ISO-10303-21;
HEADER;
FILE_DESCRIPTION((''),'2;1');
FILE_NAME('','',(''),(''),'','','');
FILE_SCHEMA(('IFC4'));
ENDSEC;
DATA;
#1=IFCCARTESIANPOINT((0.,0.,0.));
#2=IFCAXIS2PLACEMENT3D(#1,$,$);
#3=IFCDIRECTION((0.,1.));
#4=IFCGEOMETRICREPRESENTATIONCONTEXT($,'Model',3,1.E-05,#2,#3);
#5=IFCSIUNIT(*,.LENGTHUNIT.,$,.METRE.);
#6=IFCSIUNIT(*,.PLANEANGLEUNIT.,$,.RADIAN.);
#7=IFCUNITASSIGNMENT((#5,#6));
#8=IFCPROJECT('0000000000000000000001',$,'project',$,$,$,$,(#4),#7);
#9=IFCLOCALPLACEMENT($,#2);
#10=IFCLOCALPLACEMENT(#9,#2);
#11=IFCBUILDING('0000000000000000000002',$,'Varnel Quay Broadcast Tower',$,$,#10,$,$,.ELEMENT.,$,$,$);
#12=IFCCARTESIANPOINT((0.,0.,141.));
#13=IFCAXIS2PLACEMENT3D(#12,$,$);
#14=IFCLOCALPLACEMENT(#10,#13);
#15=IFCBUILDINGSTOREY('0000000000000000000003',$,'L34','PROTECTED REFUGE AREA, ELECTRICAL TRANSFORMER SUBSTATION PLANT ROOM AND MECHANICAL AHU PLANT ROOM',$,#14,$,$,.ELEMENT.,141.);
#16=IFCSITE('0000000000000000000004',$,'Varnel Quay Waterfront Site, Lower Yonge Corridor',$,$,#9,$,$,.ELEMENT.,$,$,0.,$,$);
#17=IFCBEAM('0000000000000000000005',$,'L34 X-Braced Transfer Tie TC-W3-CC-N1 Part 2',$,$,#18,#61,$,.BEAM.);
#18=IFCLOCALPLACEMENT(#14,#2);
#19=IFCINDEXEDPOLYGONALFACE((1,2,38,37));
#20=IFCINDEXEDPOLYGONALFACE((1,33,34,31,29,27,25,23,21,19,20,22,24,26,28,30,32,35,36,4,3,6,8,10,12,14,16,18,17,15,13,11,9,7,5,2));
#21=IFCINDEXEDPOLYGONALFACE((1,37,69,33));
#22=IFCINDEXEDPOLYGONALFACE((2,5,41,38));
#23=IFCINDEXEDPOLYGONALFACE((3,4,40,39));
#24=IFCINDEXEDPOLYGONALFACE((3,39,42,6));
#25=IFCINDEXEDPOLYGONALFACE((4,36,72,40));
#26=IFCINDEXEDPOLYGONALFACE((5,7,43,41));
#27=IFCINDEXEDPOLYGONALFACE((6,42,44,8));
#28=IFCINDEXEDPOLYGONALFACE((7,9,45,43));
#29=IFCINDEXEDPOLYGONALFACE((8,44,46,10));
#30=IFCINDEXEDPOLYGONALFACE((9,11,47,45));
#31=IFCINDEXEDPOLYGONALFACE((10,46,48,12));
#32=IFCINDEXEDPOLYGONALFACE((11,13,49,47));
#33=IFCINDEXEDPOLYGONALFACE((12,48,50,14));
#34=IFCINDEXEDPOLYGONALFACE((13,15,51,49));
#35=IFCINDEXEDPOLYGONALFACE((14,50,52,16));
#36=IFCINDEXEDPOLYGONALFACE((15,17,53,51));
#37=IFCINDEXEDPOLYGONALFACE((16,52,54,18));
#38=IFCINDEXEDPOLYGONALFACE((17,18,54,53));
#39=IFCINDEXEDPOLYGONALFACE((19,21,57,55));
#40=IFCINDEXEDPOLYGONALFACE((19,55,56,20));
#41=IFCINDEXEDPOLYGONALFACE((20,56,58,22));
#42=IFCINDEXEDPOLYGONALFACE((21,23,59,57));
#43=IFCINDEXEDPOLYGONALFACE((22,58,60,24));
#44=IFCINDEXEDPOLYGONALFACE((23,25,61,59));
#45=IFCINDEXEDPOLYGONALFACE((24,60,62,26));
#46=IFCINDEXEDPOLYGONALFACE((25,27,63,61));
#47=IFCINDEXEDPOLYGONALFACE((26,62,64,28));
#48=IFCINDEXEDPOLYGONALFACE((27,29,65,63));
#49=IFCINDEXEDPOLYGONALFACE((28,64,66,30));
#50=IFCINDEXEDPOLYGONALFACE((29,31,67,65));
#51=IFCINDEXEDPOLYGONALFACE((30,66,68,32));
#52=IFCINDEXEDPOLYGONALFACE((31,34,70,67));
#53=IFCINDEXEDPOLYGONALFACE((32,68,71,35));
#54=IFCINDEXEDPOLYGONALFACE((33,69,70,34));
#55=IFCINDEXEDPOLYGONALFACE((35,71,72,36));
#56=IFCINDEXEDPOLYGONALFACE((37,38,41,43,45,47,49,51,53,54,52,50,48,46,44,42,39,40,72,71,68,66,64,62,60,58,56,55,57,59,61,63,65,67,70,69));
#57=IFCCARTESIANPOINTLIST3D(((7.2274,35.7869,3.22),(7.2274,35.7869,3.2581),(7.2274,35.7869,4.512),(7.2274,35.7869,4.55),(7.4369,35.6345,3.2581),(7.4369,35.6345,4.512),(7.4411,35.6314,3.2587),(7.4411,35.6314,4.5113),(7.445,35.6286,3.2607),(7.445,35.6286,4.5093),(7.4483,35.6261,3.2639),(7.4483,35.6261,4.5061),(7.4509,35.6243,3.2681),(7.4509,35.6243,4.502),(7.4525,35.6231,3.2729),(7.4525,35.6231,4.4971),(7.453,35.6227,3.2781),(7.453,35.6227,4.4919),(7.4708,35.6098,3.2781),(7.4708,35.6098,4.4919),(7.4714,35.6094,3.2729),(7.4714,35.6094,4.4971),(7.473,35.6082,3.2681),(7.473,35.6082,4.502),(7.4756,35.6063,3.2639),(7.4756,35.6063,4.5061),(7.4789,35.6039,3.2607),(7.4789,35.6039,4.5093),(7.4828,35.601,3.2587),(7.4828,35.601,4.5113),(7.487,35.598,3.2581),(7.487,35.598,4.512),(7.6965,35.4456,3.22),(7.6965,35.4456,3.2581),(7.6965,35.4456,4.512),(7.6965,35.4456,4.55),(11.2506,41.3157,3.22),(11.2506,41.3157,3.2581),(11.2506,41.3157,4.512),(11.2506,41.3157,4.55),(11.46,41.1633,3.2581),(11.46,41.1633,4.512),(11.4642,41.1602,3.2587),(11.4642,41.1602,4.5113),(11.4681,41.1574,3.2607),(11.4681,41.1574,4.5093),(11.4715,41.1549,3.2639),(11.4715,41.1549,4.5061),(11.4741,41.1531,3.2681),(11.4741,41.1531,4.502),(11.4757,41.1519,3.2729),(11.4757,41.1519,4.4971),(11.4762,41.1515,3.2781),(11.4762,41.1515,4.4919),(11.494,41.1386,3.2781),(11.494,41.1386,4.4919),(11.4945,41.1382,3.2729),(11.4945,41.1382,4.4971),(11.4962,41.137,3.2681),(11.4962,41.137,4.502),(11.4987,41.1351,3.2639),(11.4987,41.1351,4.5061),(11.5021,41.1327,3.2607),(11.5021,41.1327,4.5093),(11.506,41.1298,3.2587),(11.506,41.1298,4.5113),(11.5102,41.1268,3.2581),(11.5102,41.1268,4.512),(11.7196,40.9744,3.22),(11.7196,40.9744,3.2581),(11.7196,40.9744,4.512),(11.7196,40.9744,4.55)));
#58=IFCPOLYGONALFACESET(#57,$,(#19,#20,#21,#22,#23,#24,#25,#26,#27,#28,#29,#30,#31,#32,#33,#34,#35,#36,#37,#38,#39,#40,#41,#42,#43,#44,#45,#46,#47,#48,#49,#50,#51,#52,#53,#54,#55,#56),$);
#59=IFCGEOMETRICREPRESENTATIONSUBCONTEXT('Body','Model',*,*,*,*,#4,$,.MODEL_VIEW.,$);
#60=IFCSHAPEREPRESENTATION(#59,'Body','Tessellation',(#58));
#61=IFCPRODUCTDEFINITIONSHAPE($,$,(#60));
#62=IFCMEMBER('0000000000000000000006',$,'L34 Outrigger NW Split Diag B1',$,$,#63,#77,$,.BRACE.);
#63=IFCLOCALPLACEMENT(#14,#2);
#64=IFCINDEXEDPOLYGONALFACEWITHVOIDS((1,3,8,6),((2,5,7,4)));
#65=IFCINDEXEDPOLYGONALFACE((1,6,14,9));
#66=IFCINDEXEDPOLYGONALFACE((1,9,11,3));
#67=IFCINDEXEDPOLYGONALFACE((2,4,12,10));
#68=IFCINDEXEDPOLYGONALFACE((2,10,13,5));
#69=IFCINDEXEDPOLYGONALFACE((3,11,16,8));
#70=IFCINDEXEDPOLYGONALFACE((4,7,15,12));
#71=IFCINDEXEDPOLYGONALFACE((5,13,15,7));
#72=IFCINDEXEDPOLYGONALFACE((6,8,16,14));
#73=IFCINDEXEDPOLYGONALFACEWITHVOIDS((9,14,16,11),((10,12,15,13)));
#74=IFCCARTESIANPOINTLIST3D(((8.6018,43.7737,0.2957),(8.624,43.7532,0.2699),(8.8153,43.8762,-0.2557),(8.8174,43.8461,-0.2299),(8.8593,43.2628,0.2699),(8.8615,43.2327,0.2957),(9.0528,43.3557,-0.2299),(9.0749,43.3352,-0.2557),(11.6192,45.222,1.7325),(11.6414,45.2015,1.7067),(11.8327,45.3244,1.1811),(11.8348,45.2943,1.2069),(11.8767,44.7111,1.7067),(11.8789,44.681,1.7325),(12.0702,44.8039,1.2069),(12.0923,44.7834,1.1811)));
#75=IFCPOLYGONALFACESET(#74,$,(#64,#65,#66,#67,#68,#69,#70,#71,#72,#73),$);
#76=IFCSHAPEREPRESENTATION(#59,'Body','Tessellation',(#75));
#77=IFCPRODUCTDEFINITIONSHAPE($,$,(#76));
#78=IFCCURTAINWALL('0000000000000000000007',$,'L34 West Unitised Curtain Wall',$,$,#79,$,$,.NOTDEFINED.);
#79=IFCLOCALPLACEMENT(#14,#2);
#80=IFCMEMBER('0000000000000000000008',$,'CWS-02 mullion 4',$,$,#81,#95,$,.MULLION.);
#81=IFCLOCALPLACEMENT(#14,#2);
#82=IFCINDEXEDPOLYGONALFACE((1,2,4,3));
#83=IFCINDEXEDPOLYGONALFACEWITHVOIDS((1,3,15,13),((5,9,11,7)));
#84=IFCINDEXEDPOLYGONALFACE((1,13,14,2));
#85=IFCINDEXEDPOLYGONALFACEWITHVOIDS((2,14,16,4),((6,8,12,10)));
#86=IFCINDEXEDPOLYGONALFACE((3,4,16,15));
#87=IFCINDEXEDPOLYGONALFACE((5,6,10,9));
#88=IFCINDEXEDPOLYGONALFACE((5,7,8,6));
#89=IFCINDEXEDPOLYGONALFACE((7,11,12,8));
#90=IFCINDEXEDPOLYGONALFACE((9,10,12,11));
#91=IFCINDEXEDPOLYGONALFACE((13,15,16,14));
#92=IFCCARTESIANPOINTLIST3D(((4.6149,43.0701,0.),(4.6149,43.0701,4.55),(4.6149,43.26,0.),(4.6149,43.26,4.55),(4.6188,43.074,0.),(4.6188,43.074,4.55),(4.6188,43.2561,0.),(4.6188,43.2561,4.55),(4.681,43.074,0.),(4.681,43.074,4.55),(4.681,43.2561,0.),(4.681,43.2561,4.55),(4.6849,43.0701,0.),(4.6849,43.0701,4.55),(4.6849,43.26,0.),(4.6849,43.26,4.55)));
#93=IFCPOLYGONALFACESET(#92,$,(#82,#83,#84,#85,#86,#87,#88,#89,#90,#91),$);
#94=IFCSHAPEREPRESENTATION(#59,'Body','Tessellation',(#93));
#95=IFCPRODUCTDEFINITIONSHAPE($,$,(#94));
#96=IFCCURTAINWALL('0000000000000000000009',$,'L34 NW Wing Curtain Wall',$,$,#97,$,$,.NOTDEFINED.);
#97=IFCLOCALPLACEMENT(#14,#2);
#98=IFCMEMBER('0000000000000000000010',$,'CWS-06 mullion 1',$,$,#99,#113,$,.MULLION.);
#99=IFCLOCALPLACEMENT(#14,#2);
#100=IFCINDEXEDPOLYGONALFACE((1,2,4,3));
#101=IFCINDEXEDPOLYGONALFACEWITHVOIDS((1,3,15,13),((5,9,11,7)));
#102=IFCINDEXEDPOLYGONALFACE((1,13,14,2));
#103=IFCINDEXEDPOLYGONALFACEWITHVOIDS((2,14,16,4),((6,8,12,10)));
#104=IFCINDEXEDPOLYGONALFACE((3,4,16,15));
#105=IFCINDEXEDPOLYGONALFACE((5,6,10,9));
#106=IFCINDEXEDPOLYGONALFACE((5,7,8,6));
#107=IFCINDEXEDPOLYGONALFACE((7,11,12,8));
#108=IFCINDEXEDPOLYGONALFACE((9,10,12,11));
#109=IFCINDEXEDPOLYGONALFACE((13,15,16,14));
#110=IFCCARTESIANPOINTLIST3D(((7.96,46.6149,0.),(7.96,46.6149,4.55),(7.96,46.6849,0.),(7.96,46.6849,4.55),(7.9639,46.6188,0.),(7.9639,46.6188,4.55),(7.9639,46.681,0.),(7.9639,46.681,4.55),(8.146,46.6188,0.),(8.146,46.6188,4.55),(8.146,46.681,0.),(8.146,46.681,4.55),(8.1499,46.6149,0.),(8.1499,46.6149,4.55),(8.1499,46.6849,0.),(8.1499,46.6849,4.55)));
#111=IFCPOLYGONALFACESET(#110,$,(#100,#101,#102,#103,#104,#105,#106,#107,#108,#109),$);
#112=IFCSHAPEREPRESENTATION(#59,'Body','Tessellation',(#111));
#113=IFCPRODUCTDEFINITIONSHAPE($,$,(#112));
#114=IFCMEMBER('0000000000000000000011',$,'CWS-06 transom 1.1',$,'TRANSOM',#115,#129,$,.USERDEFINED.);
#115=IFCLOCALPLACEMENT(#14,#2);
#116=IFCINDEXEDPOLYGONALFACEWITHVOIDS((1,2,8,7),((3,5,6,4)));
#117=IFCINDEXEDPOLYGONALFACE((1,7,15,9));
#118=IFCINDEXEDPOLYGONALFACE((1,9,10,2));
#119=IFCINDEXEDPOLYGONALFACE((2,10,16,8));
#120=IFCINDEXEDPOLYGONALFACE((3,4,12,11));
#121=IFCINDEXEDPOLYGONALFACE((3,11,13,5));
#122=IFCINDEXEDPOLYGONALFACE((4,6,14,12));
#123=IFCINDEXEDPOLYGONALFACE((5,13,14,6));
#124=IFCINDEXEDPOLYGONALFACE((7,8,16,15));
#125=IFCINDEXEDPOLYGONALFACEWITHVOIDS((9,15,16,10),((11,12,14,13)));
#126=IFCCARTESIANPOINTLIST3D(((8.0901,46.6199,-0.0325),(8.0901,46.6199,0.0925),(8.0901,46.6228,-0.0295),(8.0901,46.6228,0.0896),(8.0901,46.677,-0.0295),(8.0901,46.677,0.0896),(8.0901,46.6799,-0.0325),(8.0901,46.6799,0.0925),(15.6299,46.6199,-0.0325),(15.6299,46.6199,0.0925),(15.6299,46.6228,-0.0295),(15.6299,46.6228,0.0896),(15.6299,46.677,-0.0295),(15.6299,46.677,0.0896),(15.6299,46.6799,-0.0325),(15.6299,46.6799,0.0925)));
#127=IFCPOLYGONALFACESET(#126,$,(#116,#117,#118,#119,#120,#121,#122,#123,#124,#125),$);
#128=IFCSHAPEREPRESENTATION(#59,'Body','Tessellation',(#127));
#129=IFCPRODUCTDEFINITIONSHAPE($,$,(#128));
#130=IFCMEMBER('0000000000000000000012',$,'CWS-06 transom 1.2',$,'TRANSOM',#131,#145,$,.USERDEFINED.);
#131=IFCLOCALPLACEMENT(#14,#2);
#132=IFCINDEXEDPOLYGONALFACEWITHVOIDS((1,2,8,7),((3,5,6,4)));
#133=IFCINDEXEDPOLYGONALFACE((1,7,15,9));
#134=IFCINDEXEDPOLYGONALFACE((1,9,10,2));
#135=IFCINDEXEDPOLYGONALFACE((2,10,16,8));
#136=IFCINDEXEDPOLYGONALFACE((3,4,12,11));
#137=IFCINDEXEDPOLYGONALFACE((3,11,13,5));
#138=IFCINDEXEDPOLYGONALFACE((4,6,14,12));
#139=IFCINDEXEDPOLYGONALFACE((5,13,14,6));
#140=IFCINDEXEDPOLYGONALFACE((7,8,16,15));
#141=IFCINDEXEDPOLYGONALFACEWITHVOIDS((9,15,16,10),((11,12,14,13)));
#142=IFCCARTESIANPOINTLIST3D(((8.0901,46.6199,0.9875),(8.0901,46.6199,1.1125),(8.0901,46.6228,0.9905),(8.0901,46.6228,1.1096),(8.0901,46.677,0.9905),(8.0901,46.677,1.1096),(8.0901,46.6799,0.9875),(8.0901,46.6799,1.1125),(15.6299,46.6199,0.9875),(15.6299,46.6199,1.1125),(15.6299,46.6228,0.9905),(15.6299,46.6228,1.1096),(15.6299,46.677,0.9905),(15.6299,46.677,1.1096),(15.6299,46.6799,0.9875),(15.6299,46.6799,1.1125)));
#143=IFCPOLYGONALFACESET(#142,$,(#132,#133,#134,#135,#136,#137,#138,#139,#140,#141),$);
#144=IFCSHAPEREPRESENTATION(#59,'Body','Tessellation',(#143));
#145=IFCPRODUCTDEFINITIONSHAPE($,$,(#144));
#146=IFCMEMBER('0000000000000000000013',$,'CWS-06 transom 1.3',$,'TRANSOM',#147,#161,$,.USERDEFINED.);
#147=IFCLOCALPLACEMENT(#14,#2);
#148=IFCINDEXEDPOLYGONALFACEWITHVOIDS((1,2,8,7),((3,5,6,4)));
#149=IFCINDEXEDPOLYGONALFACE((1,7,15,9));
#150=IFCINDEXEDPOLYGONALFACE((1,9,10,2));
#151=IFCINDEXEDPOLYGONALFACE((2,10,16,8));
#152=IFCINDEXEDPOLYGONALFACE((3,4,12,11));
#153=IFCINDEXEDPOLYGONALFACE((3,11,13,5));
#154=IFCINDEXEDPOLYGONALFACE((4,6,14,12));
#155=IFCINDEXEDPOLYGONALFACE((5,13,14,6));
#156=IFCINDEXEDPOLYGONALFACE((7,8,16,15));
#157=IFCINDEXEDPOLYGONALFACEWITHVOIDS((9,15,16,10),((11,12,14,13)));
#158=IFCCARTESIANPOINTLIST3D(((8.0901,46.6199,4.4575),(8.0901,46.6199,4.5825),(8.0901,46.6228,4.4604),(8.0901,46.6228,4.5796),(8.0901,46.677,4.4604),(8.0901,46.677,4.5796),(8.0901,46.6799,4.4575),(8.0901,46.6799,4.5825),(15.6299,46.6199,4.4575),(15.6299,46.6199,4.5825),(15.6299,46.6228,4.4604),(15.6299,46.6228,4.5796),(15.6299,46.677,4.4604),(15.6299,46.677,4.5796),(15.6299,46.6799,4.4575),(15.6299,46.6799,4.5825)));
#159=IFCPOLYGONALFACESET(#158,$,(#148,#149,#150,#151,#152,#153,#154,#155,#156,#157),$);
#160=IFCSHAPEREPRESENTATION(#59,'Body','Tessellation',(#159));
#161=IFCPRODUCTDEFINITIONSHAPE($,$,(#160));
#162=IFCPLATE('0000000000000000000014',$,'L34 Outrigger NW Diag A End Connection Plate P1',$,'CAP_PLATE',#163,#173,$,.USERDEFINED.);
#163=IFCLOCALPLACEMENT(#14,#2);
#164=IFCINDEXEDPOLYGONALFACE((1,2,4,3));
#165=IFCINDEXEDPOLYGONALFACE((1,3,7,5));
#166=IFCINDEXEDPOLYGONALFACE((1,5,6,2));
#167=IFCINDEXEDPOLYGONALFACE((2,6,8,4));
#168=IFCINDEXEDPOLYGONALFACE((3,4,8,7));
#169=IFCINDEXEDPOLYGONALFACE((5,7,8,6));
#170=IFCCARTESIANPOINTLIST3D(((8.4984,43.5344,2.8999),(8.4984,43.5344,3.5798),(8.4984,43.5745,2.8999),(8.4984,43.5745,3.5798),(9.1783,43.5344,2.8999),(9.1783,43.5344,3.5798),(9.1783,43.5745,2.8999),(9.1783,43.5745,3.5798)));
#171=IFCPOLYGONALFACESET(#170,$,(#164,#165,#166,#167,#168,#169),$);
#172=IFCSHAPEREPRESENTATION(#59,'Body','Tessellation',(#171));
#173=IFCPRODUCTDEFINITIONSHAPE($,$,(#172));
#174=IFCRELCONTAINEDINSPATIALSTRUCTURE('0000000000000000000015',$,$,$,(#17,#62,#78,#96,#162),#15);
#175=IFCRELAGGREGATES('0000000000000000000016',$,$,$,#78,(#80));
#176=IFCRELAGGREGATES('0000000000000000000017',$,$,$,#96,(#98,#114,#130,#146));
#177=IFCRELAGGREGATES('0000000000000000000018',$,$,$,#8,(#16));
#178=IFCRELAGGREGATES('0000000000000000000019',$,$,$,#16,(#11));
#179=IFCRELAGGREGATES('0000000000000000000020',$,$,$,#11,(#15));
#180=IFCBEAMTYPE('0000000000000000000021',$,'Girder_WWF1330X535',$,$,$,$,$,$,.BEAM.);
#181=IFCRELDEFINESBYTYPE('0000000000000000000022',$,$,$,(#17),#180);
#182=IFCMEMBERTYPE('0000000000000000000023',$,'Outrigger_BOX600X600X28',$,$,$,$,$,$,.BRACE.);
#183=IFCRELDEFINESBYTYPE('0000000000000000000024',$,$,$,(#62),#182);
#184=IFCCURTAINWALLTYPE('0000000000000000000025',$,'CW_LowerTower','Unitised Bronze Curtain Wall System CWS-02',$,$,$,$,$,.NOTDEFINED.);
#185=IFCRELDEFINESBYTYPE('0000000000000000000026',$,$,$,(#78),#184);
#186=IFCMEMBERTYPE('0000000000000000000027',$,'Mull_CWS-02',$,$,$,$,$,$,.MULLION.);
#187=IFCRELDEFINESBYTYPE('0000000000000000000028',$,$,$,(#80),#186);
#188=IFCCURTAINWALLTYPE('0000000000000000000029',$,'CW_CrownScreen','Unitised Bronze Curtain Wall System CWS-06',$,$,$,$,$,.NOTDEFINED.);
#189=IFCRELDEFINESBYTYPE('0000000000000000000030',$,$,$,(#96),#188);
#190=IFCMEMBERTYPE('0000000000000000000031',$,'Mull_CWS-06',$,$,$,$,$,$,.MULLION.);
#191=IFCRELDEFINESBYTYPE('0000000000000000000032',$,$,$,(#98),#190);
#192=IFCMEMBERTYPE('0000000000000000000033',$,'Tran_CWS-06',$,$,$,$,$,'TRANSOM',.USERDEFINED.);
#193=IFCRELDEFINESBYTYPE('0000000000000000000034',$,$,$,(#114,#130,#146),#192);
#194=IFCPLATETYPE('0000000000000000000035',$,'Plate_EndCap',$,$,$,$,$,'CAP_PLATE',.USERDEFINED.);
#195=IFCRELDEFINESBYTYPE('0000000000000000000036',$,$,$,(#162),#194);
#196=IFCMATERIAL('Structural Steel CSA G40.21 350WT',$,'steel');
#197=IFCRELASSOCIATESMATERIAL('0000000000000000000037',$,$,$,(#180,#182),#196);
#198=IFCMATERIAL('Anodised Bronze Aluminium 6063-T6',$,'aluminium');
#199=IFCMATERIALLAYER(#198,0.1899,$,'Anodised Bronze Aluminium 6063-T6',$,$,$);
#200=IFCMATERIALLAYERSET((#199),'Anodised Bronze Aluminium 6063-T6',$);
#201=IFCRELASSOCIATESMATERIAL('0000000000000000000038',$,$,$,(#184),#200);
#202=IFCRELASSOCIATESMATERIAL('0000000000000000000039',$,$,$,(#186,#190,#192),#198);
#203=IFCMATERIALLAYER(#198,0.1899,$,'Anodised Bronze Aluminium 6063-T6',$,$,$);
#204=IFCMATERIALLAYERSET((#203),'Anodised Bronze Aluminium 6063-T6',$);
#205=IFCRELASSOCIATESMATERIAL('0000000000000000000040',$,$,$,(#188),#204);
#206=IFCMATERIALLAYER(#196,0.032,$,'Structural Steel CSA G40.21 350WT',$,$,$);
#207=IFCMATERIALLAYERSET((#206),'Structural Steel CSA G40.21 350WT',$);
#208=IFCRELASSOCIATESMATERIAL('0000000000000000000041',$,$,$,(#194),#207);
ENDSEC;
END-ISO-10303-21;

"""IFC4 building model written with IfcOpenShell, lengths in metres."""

from ifc_helpers import new_model, si_unit, direction, frame, origin, origin_2d, place, context, subcontext, project, spatial, rectangle, hollow_rectangle, i_section, extrude, source, transform, mapped, material, layer, layer_set, material_profile, profile_set, type_object, type_shapes, element, aggregate, save


model = new_model("IFC4")

# Units and contexts
model_context = context("Model", 3, precision=1e-05, world=origin(), true_north=direction((0.0, 1.0)))
body_context = subcontext(model_context, "Body", "Model", "MODEL_VIEW")
ifc_project = project(units=[si_unit("LENGTHUNIT", "METRE"), si_unit("PLANEANGLEUNIT", "RADIAN")], contexts=[model_context])

# Site, building, storey
site_placement = place(None, origin())
site = spatial("IfcSite", under=ifc_project, at=site_placement, Name="Varnel Quay Waterfront Site, Lower Yonge Corridor", CompositionType="ELEMENT", RefElevation=0.0)
building_placement = place(site_placement, origin())
building = spatial("IfcBuilding", under=site, at=building_placement, Name="Varnel Quay Broadcast Tower", CompositionType="ELEMENT")
storey_placement = place(building_placement, frame((0.0, 0.0, 141.0)))
storey = spatial("IfcBuildingStorey", under=building, at=storey_placement, Name="L34", Description="PROTECTED REFUGE AREA, ELECTRICAL TRANSFORMER SUBSTATION PLANT ROOM AND MECHANICAL AHU PLANT ROOM", CompositionType="ELEMENT", Elevation=141.0)

# Shared definitions
ifc_material_1 = material(Name="Structural Steel CSA G40.21 350WT", Category="steel")

# Beam
ifc_material_profile_1 = material_profile(ifc_material_1, i_section(OverallWidth=0.5801, OverallDepth=1.3301, WebThickness=0.022, FlangeThickness=0.0381, FilletRadius=0.02, at=origin_2d()), Name="WWF1330X535")
ifc_profile_set_1 = profile_set([ifc_material_profile_1], Name="Structural Steel CSA G40.21 350WT")
beam_type = type_object("IfcBeamType", Name="Girder_WWF1330X535", PredefinedType="BEAM", material=ifc_profile_set_1)
shared_shape_1 = source(origin(), body_context, "Body", "SweptSolid", [
    extrude(i_section(OverallWidth=0.5801, OverallDepth=1.3301, WebThickness=0.022, FlangeThickness=0.0381, FilletRadius=0.02, at=origin_2d()), origin(), (0.0, 0.0, 1.0), 6.8376),
])
beam_1_placement = place(storey_placement, frame((11.4851, 41.145, 3.885), z_axis=(-0.588386, -0.80858, 0.0), x_axis=(0.80858, -0.588386, 0.0)))
element("IfcBeam", 1, at=beam_1_placement, inside=storey, type_object=beam_type, Name="L34 X-Braced Transfer Tie TC-W3-CC-N1 Part 2", PredefinedType="BEAM", context=body_context, shape_type="MappedRepresentation", body=[
    mapped(shared_shape_1, transform((0.0, 0.0, 0.0), x_axis=(1.0, 0.0, 0.0), y_axis=(0.0, 1.0, 0.0), z_axis=(0.0, 0.0, 1.0), scale=1.0)),
])

# Member
ifc_material_profile_2 = material_profile(ifc_material_1, hollow_rectangle(XDim=0.6001, YDim=0.6001, WallThickness=0.0281, at=origin_2d()), Name="BOX600X600X28")
ifc_profile_set_2 = profile_set([ifc_material_profile_2], Name="Structural Steel CSA G40.21 350WT")
member_type_1 = type_object("IfcMemberType", Name="Outrigger_BOX600X600X28", PredefinedType="BRACE", material=ifc_profile_set_2)
shared_shape_2 = source(origin(), body_context, "Body", "SweptSolid", [
    extrude(hollow_rectangle(XDim=0.6001, YDim=0.6001, WallThickness=0.0281, at=origin_2d()), origin(), (0.0, 0.0, 1.0), 3.6423),
])
type_shapes(member_type_1, [shared_shape_2])
member_1_placement = place(storey_placement, frame((8.8384, 43.5544, 0.02), z_axis=(0.828425, 0.397623, 0.394472), x_axis=(-0.432712, 0.901532, 0.0)))
element("IfcMember", 2, at=member_1_placement, inside=storey, type_object=member_type_1, Name="L34 Outrigger NW Split Diag B1", PredefinedType="BRACE", context=body_context, shape_type="MappedRepresentation", body=[
    mapped(shared_shape_2, transform((0.0, 0.0, 0.0), x_axis=(1.0, 0.0, 0.0), y_axis=(0.0, 1.0, 0.0), z_axis=(0.0, 0.0, 1.0), scale=1.0)),
])

# Curtain wall, member
ifc_material_2 = material(Name="Anodised Bronze Aluminium 6063-T6", Category="aluminium")
ifc_layer_1 = layer(ifc_material_2, 0.1899, Name="Anodised Bronze Aluminium 6063-T6")
ifc_layer_set_1 = layer_set([ifc_layer_1], Name="Anodised Bronze Aluminium 6063-T6")
curtain_wall_type_1 = type_object("IfcCurtainWallType", Name="CW_LowerTower", Description="Unitised Bronze Curtain Wall System CWS-02", PredefinedType="NOTDEFINED", material=ifc_layer_set_1)
curtain_wall_1_placement = place(storey_placement, origin())
curtain_wall_1 = element("IfcCurtainWall", 3, at=curtain_wall_1_placement, inside=storey, type_object=curtain_wall_type_1, Name="L34 West Unitised Curtain Wall", PredefinedType="NOTDEFINED")
ifc_material_profile_3 = material_profile(ifc_material_2, hollow_rectangle(XDim=0.0701, YDim=0.1899, WallThickness=0.0039, at=origin_2d()), Name="ALU70X190X4")
ifc_profile_set_3 = profile_set([ifc_material_profile_3], Name="Anodised Bronze Aluminium 6063-T6")
member_type_2 = type_object("IfcMemberType", Name="Mull_CWS-02", PredefinedType="MULLION", material=ifc_profile_set_3)
shared_shape_3 = source(origin(), body_context, "Body", "SweptSolid", [
    extrude(hollow_rectangle(XDim=0.0701, YDim=0.1899, WallThickness=0.0039, at=origin_2d()), origin(), (0.0, 0.0, 1.0), 4.55),
])
type_shapes(member_type_2, [shared_shape_3])
member_2_placement = place(storey_placement, frame((4.6499, 43.165, 0.0), z_axis=(0.0, 0.0, 1.0), x_axis=(-1.0, 0.0, 0.0)))
member_2 = element("IfcMember", 4, at=member_2_placement, type_object=member_type_2, Name="CWS-02 mullion 4", PredefinedType="MULLION", context=body_context, shape_type="MappedRepresentation", body=[
    mapped(shared_shape_3, transform((0.0, 0.0, 0.0), x_axis=(1.0, 0.0, 0.0), y_axis=(0.0, 1.0, 0.0), z_axis=(0.0, 0.0, 1.0), scale=1.0)),
])

# Curtain wall, members
ifc_layer_2 = layer(ifc_material_2, 0.1899, Name="Anodised Bronze Aluminium 6063-T6")
ifc_layer_set_2 = layer_set([ifc_layer_2], Name="Anodised Bronze Aluminium 6063-T6")
curtain_wall_type_2 = type_object("IfcCurtainWallType", Name="CW_CrownScreen", Description="Unitised Bronze Curtain Wall System CWS-06", PredefinedType="NOTDEFINED", material=ifc_layer_set_2)
curtain_wall_2_placement = place(storey_placement, origin())
curtain_wall_2 = element("IfcCurtainWall", 5, at=curtain_wall_2_placement, inside=storey, type_object=curtain_wall_type_2, Name="L34 NW Wing Curtain Wall", PredefinedType="NOTDEFINED")
ifc_material_profile_4 = material_profile(ifc_material_2, hollow_rectangle(XDim=0.0701, YDim=0.1899, WallThickness=0.0039, at=origin_2d()), Name="ALU70X190X4")
ifc_profile_set_4 = profile_set([ifc_material_profile_4], Name="Anodised Bronze Aluminium 6063-T6")
member_type_3 = type_object("IfcMemberType", Name="Mull_CWS-06", PredefinedType="MULLION", material=ifc_profile_set_4)
shared_shape_4 = source(origin(), body_context, "Body", "SweptSolid", [
    extrude(hollow_rectangle(XDim=0.0701, YDim=0.1899, WallThickness=0.0039, at=origin_2d()), origin(), (0.0, 0.0, 1.0), 4.55),
])
type_shapes(member_type_3, [shared_shape_4])
member_3_placement = place(storey_placement, frame((8.0549, 46.6499, 0.0), z_axis=(0.0, 0.0, 1.0), x_axis=(0.0, 1.0, 0.0)))
member_3 = element("IfcMember", 6, at=member_3_placement, type_object=member_type_3, Name="CWS-06 mullion 1", PredefinedType="MULLION", context=body_context, shape_type="MappedRepresentation", body=[
    mapped(shared_shape_4, transform((0.0, 0.0, 0.0), x_axis=(1.0, 0.0, 0.0), y_axis=(0.0, 1.0, 0.0), z_axis=(0.0, 0.0, 1.0), scale=1.0)),
])
ifc_material_profile_5 = material_profile(ifc_material_2, hollow_rectangle(XDim=0.0601, YDim=0.125, WallThickness=0.0029, at=origin_2d()), Name="ALU60X125X3")
ifc_profile_set_5 = profile_set([ifc_material_profile_5], Name="Anodised Bronze Aluminium 6063-T6")
member_type_4 = type_object("IfcMemberType", Name="Tran_CWS-06", ElementType="TRANSOM", PredefinedType="USERDEFINED", material=ifc_profile_set_5)
shared_shape_5 = source(origin(), body_context, "Body", "SweptSolid", [
    extrude(hollow_rectangle(XDim=0.0601, YDim=0.125, WallThickness=0.0029, at=origin_2d()), origin(), (0.0, 0.0, 1.0), 7.5398),
])
type_shapes(member_type_4, [shared_shape_5])
member_4_placement = place(storey_placement, frame((8.0901, 46.6499, 0.03), z_axis=(1.0, 0.0, 0.0), x_axis=(0.0, 1.0, 0.0)))
member_4 = element("IfcMember", 7, at=member_4_placement, type_object=member_type_4, Name="CWS-06 transom 1.1", ObjectType="TRANSOM", PredefinedType="USERDEFINED", context=body_context, shape_type="MappedRepresentation", body=[
    mapped(shared_shape_5, transform((0.0, 0.0, 0.0), x_axis=(1.0, 0.0, 0.0), y_axis=(0.0, 1.0, 0.0), z_axis=(0.0, 0.0, 1.0), scale=1.0)),
])
member_5_placement = place(storey_placement, frame((8.0901, 46.6499, 1.05), z_axis=(1.0, 0.0, 0.0), x_axis=(0.0, 1.0, 0.0)))
member_5 = element("IfcMember", 8, at=member_5_placement, type_object=member_type_4, Name="CWS-06 transom 1.2", ObjectType="TRANSOM", PredefinedType="USERDEFINED", context=body_context, shape_type="MappedRepresentation", body=[
    mapped(shared_shape_5, transform((0.0, 0.0, 0.0), x_axis=(1.0, 0.0, 0.0), y_axis=(0.0, 1.0, 0.0), z_axis=(0.0, 0.0, 1.0), scale=1.0)),
])
member_6_placement = place(storey_placement, frame((8.0901, 46.6499, 4.52), z_axis=(1.0, 0.0, 0.0), x_axis=(0.0, 1.0, 0.0)))
member_6 = element("IfcMember", 9, at=member_6_placement, type_object=member_type_4, Name="CWS-06 transom 1.3", ObjectType="TRANSOM", PredefinedType="USERDEFINED", context=body_context, shape_type="MappedRepresentation", body=[
    mapped(shared_shape_5, transform((0.0, 0.0, 0.0), x_axis=(1.0, 0.0, 0.0), y_axis=(0.0, 1.0, 0.0), z_axis=(0.0, 0.0, 1.0), scale=1.0)),
])

# Plate
ifc_layer_3 = layer(ifc_material_1, 0.032, Name="Structural Steel CSA G40.21 350WT")
ifc_layer_set_3 = layer_set([ifc_layer_3], Name="Structural Steel CSA G40.21 350WT")
plate_type_1 = type_object("IfcPlateType", Name="Plate_EndCap", ElementType="CAP_PLATE", PredefinedType="USERDEFINED", material=ifc_layer_set_3)
shared_shape_6 = source(origin(), body_context, "Body", "SweptSolid", [
    extrude(rectangle(XDim=0.6799, YDim=0.04, at=origin_2d()), origin(), (0.0, 0.0, 1.0), 0.6799),
])
for number, where, z_axis, x_axis, name in (
    (10, (8.8384, 43.5544, 2.8999), (0.0, 0.0, 1.0), (1.0, 0.0, 0.0), "L34 Outrigger NW Diag A End Connection Plate P1"),
):
    element("IfcPlate", number, at=place(storey_placement, frame(where, z_axis=z_axis, x_axis=x_axis)), inside=storey, type_object=plate_type_1, Name=name, ObjectType="CAP_PLATE", PredefinedType="USERDEFINED", context=body_context, shape_type="MappedRepresentation", body=[
        mapped(shared_shape_6, transform((0.0, 0.0, 0.0), x_axis=(1.0, 0.0, 0.0), y_axis=(0.0, 1.0, 0.0), z_axis=(0.0, 0.0, 1.0), scale=1.0)),
    ])

aggregate(curtain_wall_1, [member_2])
aggregate(curtain_wall_2, [member_3, member_4, member_5, member_6])

save(model, "model.ifc")
